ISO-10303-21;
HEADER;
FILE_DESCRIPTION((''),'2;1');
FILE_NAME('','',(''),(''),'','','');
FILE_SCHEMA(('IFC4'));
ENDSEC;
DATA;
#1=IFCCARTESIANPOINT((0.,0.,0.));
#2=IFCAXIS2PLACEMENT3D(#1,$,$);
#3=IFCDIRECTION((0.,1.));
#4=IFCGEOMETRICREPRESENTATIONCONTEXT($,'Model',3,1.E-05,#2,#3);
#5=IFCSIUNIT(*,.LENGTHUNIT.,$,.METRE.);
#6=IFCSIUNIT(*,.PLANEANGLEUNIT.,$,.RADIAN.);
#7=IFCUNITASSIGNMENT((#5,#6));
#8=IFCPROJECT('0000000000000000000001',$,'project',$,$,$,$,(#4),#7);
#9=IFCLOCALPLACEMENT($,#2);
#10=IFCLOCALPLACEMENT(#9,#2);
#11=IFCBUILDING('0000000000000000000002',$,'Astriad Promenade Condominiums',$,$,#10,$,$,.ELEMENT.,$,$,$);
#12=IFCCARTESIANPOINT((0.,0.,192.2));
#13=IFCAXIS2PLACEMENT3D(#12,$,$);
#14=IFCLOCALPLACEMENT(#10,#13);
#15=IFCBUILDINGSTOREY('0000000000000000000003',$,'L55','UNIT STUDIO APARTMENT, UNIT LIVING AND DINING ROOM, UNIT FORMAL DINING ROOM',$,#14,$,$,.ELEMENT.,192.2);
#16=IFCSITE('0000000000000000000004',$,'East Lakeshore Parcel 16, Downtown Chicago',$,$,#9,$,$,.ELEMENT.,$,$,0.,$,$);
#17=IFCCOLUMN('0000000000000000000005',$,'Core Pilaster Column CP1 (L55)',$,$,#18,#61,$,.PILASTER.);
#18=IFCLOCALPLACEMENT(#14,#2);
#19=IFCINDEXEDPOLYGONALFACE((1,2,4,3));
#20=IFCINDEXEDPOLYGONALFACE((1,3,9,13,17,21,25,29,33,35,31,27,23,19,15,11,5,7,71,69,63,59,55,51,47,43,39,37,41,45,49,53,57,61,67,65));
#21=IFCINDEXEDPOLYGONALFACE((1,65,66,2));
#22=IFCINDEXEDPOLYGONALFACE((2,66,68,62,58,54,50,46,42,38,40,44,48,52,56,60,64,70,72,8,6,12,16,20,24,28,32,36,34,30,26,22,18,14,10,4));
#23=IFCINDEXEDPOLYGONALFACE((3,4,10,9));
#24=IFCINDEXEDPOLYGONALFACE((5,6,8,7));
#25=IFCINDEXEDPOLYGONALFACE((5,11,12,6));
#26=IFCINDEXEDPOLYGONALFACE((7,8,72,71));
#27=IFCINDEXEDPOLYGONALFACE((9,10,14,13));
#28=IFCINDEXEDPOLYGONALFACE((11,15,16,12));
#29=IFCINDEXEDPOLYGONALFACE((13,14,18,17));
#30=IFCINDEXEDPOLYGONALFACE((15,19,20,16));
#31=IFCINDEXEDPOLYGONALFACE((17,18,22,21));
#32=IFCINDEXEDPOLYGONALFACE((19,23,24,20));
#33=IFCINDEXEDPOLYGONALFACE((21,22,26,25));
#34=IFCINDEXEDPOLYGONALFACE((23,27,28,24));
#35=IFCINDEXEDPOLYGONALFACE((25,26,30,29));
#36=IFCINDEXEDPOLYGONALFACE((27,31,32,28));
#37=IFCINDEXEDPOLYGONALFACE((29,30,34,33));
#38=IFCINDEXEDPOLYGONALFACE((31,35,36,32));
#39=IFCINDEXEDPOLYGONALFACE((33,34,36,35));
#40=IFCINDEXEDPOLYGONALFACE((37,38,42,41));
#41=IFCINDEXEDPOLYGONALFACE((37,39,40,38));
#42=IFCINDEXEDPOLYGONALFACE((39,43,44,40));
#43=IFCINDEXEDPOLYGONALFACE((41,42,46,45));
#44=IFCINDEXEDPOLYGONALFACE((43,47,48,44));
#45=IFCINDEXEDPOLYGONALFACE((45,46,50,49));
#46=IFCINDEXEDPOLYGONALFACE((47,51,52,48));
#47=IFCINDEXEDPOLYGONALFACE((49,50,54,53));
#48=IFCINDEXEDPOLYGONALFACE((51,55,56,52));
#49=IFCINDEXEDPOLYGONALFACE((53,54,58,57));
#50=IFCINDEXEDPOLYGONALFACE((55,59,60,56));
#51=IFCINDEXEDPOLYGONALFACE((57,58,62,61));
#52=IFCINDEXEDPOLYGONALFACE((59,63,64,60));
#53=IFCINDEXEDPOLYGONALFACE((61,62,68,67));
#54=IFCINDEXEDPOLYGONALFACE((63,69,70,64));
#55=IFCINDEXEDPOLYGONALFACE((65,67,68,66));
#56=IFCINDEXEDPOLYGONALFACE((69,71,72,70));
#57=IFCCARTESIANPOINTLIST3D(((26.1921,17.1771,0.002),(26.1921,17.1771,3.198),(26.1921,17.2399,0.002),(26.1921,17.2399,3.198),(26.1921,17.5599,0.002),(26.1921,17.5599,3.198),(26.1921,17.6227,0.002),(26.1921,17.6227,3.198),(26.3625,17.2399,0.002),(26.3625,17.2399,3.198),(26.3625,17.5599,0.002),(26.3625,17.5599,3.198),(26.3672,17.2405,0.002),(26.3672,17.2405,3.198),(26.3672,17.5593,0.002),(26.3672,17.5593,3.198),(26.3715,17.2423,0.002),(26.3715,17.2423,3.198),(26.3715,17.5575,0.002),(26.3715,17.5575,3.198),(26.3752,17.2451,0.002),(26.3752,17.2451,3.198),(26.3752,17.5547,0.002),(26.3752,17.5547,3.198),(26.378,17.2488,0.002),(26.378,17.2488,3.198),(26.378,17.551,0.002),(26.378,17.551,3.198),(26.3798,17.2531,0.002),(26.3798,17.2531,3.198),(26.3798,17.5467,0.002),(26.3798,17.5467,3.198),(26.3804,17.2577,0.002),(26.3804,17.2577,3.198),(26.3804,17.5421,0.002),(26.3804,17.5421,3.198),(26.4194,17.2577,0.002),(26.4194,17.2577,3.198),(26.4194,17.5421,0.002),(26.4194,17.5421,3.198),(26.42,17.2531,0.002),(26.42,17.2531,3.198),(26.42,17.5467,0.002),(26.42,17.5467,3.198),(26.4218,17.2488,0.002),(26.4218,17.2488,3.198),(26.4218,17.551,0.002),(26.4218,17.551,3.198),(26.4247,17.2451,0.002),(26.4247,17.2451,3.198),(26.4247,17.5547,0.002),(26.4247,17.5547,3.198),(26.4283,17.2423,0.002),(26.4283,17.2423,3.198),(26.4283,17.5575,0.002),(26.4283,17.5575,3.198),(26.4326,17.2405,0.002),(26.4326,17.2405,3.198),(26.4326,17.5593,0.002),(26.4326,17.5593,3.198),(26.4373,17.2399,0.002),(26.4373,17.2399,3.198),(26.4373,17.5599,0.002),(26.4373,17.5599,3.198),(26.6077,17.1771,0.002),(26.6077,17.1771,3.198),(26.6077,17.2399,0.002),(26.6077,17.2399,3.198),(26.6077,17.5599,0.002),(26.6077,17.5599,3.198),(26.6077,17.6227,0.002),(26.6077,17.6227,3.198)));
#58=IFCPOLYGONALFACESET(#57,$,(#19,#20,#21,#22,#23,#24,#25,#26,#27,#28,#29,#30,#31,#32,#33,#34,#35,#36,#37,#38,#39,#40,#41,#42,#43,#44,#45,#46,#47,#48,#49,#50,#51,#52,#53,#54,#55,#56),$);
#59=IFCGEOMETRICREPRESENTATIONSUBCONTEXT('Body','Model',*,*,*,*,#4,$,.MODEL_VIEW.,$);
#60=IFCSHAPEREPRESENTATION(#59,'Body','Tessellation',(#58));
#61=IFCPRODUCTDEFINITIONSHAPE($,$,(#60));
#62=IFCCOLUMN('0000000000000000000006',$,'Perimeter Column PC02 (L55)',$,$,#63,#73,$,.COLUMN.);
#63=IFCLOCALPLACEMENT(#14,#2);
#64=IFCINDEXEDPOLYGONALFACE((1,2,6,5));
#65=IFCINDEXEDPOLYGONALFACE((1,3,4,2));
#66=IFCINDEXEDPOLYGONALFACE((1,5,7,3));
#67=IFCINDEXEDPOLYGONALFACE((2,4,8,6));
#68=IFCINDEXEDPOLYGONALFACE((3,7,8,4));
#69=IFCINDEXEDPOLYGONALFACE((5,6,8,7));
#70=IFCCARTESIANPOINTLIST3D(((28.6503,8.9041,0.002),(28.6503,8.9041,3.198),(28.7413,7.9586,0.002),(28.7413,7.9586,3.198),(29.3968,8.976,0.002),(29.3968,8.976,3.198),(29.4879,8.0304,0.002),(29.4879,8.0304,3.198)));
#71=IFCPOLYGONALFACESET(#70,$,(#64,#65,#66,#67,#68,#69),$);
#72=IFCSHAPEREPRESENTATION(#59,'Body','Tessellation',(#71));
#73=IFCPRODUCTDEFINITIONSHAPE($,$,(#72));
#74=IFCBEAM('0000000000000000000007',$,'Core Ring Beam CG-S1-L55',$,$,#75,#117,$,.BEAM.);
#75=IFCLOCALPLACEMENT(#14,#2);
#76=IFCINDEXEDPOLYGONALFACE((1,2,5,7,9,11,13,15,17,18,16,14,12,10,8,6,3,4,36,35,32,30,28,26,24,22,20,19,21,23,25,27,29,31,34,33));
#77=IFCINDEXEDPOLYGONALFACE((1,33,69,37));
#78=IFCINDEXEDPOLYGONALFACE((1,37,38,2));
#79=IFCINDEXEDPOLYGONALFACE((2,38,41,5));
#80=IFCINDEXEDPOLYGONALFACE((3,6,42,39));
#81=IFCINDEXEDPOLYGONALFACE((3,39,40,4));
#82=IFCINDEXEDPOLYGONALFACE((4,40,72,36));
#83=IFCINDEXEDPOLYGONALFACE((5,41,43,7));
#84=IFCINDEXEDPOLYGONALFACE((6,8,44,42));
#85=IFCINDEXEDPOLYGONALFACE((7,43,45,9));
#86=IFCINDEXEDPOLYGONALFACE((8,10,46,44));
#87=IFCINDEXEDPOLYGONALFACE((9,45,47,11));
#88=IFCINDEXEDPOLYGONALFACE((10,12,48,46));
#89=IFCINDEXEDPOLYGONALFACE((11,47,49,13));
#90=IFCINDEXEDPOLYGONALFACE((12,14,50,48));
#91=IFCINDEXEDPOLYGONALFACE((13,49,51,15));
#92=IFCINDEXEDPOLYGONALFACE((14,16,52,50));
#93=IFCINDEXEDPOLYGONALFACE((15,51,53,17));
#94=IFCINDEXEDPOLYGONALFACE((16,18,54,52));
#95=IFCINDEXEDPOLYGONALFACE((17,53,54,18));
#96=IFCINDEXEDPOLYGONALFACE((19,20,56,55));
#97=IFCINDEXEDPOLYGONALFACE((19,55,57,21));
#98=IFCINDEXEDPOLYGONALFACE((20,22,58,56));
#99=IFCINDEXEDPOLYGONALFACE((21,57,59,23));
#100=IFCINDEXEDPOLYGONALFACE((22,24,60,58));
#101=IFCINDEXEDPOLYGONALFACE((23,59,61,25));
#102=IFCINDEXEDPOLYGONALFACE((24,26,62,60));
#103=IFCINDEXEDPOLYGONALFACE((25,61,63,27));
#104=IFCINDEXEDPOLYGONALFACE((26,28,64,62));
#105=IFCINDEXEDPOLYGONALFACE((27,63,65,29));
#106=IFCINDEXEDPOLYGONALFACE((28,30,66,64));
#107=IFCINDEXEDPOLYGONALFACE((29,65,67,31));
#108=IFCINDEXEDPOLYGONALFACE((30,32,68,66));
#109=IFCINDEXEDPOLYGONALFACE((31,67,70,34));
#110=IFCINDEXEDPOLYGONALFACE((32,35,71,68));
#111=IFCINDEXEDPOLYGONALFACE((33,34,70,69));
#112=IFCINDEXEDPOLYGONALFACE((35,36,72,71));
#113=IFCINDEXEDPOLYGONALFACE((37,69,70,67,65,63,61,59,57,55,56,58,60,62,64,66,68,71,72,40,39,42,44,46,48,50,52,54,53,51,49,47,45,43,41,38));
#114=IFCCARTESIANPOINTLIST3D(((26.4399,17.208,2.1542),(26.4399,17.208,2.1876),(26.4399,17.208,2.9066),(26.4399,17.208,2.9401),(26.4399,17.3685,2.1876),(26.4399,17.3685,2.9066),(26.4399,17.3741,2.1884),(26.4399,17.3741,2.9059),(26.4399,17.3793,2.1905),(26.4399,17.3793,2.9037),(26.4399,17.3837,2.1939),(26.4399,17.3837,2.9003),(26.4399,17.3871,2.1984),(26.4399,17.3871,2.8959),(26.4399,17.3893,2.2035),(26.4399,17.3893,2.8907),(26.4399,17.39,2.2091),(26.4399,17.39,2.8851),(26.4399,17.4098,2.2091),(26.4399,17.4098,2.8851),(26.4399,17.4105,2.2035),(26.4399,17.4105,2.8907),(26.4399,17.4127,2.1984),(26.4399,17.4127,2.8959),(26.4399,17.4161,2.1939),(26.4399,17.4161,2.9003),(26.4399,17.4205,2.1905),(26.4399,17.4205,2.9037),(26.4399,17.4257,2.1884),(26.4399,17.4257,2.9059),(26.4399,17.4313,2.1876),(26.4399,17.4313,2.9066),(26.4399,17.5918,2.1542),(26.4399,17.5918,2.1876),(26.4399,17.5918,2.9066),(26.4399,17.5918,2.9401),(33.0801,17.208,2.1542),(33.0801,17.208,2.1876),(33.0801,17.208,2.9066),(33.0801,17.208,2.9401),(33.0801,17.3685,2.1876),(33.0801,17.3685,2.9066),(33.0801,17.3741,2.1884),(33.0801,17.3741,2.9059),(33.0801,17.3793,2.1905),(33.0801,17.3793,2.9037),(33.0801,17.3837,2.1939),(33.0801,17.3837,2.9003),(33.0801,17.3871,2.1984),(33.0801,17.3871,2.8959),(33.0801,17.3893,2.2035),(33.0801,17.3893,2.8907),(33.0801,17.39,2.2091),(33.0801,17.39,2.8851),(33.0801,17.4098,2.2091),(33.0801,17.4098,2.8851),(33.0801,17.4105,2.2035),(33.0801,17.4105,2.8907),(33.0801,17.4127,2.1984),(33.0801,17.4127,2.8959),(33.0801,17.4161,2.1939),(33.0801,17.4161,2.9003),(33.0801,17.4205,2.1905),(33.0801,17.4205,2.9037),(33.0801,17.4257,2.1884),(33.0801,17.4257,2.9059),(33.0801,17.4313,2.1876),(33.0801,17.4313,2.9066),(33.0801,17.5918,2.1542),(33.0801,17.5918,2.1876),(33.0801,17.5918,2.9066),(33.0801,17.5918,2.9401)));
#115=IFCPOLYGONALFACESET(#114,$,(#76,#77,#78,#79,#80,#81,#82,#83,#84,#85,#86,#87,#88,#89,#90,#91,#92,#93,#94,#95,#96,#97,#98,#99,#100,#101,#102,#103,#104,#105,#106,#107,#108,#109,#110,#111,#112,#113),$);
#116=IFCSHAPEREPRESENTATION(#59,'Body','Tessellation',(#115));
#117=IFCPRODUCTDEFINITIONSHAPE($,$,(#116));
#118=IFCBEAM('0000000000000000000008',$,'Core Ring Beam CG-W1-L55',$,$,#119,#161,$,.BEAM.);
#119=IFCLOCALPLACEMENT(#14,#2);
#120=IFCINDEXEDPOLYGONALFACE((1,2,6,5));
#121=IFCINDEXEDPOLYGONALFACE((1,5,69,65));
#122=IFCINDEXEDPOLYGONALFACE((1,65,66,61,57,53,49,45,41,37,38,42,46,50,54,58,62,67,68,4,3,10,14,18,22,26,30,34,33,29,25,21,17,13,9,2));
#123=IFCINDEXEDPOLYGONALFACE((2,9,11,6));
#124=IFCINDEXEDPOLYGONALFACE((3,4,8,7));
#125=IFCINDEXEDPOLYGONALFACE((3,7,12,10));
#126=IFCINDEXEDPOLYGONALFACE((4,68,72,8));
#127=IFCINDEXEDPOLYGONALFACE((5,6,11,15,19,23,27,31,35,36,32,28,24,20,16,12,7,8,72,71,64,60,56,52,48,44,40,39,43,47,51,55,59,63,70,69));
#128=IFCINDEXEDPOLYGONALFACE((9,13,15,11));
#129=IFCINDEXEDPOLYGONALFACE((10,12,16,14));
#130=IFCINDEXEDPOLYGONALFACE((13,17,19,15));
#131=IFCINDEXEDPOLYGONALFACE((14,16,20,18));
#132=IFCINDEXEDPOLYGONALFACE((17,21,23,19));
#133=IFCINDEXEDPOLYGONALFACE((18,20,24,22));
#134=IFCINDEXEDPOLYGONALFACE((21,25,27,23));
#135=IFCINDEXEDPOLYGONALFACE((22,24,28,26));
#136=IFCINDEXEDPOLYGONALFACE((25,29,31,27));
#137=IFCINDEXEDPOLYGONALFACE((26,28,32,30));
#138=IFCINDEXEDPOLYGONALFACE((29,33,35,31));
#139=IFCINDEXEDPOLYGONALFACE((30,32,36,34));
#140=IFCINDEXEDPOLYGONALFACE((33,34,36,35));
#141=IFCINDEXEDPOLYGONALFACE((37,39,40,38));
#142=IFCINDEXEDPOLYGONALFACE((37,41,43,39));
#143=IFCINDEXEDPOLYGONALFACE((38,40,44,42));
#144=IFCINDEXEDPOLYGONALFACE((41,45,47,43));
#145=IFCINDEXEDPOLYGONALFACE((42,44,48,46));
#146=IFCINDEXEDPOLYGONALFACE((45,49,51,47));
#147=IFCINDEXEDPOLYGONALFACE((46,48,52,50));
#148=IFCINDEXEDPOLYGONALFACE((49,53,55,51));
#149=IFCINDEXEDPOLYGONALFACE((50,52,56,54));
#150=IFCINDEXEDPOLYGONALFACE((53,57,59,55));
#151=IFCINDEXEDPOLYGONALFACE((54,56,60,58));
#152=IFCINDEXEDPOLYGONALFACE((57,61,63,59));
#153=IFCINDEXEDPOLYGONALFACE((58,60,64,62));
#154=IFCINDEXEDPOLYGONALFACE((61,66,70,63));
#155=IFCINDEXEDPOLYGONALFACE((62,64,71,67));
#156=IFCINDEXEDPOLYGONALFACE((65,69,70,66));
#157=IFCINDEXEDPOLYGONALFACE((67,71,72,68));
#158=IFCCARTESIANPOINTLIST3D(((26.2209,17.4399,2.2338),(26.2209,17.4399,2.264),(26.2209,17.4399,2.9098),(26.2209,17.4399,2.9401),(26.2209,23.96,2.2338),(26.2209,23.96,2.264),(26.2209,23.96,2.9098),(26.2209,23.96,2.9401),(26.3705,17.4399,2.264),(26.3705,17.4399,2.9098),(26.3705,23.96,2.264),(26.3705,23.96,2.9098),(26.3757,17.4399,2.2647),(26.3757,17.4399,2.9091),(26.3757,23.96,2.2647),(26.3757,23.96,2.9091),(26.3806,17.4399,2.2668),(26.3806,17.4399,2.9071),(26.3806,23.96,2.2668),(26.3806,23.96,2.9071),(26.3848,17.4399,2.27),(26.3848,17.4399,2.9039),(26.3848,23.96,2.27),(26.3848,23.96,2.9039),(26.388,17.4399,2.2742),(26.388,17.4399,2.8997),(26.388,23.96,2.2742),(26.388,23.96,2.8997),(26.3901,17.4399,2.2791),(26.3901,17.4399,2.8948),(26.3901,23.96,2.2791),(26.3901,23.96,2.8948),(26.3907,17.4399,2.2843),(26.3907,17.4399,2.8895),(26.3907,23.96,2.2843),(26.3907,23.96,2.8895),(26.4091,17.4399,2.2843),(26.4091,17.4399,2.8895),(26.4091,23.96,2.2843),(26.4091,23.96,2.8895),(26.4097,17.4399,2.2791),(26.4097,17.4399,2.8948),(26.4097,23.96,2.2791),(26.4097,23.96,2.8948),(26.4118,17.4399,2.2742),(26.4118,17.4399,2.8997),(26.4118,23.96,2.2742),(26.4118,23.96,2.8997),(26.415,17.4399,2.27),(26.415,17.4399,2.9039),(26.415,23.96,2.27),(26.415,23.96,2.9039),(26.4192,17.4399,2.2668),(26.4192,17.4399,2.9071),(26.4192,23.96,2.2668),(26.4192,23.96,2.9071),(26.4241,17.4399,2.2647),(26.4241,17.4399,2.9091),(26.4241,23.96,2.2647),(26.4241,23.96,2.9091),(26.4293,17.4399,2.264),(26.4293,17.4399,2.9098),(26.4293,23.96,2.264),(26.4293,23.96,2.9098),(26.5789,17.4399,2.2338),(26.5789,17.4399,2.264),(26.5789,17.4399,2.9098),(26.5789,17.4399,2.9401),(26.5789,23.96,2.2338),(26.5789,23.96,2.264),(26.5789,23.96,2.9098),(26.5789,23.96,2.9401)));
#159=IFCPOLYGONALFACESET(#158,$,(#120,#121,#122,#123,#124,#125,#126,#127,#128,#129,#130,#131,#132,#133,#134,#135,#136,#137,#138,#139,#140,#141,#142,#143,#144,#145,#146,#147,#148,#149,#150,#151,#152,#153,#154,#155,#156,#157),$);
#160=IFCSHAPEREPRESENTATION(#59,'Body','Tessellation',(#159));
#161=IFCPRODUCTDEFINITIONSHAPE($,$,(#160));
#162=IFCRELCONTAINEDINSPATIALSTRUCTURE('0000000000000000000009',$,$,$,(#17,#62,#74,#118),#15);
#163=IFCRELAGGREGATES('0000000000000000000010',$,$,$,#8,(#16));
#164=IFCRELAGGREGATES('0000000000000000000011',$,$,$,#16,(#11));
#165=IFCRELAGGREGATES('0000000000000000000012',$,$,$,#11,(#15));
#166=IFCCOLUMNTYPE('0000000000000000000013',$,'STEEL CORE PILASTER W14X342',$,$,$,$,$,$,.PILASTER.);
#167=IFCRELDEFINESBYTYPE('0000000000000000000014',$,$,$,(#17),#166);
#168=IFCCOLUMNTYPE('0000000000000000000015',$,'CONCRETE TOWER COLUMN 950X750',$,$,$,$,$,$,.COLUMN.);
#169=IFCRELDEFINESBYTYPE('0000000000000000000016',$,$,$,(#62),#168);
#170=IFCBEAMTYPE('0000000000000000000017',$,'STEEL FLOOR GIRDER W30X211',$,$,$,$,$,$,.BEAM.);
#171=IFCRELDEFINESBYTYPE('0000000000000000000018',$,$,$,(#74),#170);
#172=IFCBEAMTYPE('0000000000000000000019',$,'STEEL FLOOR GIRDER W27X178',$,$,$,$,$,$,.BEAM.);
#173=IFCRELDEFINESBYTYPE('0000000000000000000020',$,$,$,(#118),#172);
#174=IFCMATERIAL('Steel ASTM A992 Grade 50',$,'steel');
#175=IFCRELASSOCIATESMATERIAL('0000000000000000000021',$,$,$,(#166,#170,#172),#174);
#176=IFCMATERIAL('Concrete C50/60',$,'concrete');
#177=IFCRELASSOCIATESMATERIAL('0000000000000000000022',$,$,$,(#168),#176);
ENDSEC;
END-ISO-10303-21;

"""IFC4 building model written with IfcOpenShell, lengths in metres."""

from ifc_helpers import new_model, si_unit, direction, frame, origin, origin_2d, place, context, subcontext, project, spatial, rectangle, i_section, extrude, source, transform, mapped, material, material_profile, profile_set, type_object, type_shapes, element, save


model = new_model("IFC4")

# Units and contexts
model_context = context("Model", 3, precision=1e-05, world=origin(), true_north=direction((0.0, 1.0)))
body_context = subcontext(model_context, "Body", "Model", "MODEL_VIEW")
ifc_project = project(units=[si_unit("LENGTHUNIT", "METRE"), si_unit("PLANEANGLEUNIT", "RADIAN")], contexts=[model_context])

# Site, building, storey
site_placement = place(None, origin())
site = spatial("IfcSite", under=ifc_project, at=site_placement, Name="East Lakeshore Parcel 16, Downtown Chicago", CompositionType="ELEMENT", RefElevation=0.0)
building_placement = place(site_placement, origin())
building = spatial("IfcBuilding", under=site, at=building_placement, Name="Astriad Promenade Condominiums", CompositionType="ELEMENT")
storey_placement = place(building_placement, frame((0.0, 0.0, 192.2)))
storey = spatial("IfcBuildingStorey", under=building, at=storey_placement, Name="L55", Description="UNIT STUDIO APARTMENT, UNIT LIVING AND DINING ROOM, UNIT FORMAL DINING ROOM", CompositionType="ELEMENT", Elevation=192.2)

# Columns
ifc_material_1 = material(Name="Steel ASTM A992 Grade 50", Category="steel")
ifc_material_profile_1 = material_profile(ifc_material_1, i_section(OverallWidth=0.4155, OverallDepth=0.4456, WebThickness=0.0391, FlangeThickness=0.0627, FilletRadius=0.0178, at=origin_2d()), Name="W14X342")
ifc_profile_set_1 = profile_set([ifc_material_profile_1], Name="Steel ASTM A992 Grade 50")
column_type_1 = type_object("IfcColumnType", Name="STEEL CORE PILASTER W14X342", PredefinedType="PILASTER", material=ifc_profile_set_1)
shared_shape_1 = source(origin(), body_context, "Body", "SweptSolid", [
    extrude(i_section(OverallWidth=0.4155, OverallDepth=0.4456, WebThickness=0.0391, FlangeThickness=0.0627, FilletRadius=0.0178, at=origin_2d()), origin(), (0.0, 0.0, 1.0), 3.196),
])
type_shapes(column_type_1, [shared_shape_1])
column_1_placement = place(storey_placement, frame((26.3999, 17.3999, 0.002), z_axis=(0.0, 0.0, 1.0), x_axis=(1.0, 0.0, 0.0)))
element("IfcColumn", 1, at=column_1_placement, inside=storey, type_object=column_type_1, Name="Core Pilaster Column CP1 (L55)", PredefinedType="PILASTER", context=body_context, shape_type="MappedRepresentation", body=[
    mapped(shared_shape_1, transform((0.0, 0.0, 0.0), scale=1.0)),
])
ifc_material_2 = material(Name="Concrete C50/60", Category="concrete")
ifc_material_profile_2 = material_profile(ifc_material_2, rectangle(XDim=0.75, YDim=0.95, at=origin_2d()), Name="RC-COL-950X750")
ifc_profile_set_2 = profile_set([ifc_material_profile_2], Name="Concrete C50/60")
column_type_2 = type_object("IfcColumnType", Name="CONCRETE TOWER COLUMN 950X750", PredefinedType="COLUMN", material=ifc_profile_set_2)
shared_shape_2 = source(origin(), body_context, "Body", "SweptSolid", [
    extrude(rectangle(XDim=0.75, YDim=0.95, at=origin_2d()), origin(), (0.0, 0.0, 1.0), 3.196),
])
type_shapes(column_type_2, [shared_shape_2])
column_2_placement = place(storey_placement, frame((29.0691, 8.4673, 0.002), z_axis=(0.0, 0.0, 1.0), x_axis=(0.995396, 0.095846, 0.0)))
element("IfcColumn", 2, at=column_2_placement, inside=storey, type_object=column_type_2, Name="Perimeter Column PC02 (L55)", PredefinedType="COLUMN", context=body_context, shape_type="MappedRepresentation", body=[
    mapped(shared_shape_2, transform((0.0, 0.0, 0.0), scale=1.0)),
])

# Beams
ifc_material_profile_3 = material_profile(ifc_material_1, i_section(OverallWidth=0.3838, OverallDepth=0.7859, WebThickness=0.0198, FlangeThickness=0.0334, FilletRadius=0.0215, at=origin_2d()), Name="W30X211")
ifc_profile_set_3 = profile_set([ifc_material_profile_3], Name="Steel ASTM A992 Grade 50")
beam_type_1 = type_object("IfcBeamType", Name="STEEL FLOOR GIRDER W30X211", PredefinedType="BEAM", material=ifc_profile_set_3)
shared_shape_3 = source(origin(), body_context, "Body", "SweptSolid", [
    extrude(i_section(OverallWidth=0.3838, OverallDepth=0.7859, WebThickness=0.0198, FlangeThickness=0.0334, FilletRadius=0.0215, at=origin_2d()), origin(), (0.0, 0.0, 1.0), 6.6401),
])
type_shapes(beam_type_1, [shared_shape_3])
beam_1_placement = place(storey_placement, frame((26.4399, 17.3999, 2.5471), z_axis=(1.0, 0.0, 0.0), x_axis=(0.0, 1.0, 0.0)))
element("IfcBeam", 3, at=beam_1_placement, inside=storey, type_object=beam_type_1, Name="Core Ring Beam CG-S1-L55", PredefinedType="BEAM", context=body_context, shape_type="MappedRepresentation", body=[
    mapped(shared_shape_3, transform((0.0, 0.0, 0.0), scale=1.0)),
])
ifc_material_profile_4 = material_profile(ifc_material_1, i_section(OverallWidth=0.3579, OverallDepth=0.7063, WebThickness=0.0183, FlangeThickness=0.0303, FilletRadius=0.0203, at=origin_2d()), Name="W27X178")
ifc_profile_set_4 = profile_set([ifc_material_profile_4], Name="Steel ASTM A992 Grade 50")
beam_type_2 = type_object("IfcBeamType", Name="STEEL FLOOR GIRDER W27X178", PredefinedType="BEAM", material=ifc_profile_set_4)
shared_shape_4 = source(origin(), body_context, "Body", "SweptSolid", [
    extrude(i_section(OverallWidth=0.3579, OverallDepth=0.7063, WebThickness=0.0183, FlangeThickness=0.0303, FilletRadius=0.0203, at=origin_2d()), origin(), (0.0, 0.0, 1.0), 6.52),
])
type_shapes(beam_type_2, [shared_shape_4])
beam_2_placement = place(storey_placement, frame((26.3999, 17.4399, 2.5869), z_axis=(0.0, 1.0, 0.0), x_axis=(-1.0, 0.0, 0.0)))
element("IfcBeam", 4, at=beam_2_placement, inside=storey, type_object=beam_type_2, Name="Core Ring Beam CG-W1-L55", PredefinedType="BEAM", context=body_context, shape_type="MappedRepresentation", body=[
    mapped(shared_shape_4, transform((0.0, 0.0, 0.0), scale=1.0)),
])

save(model, "model.ifc")
